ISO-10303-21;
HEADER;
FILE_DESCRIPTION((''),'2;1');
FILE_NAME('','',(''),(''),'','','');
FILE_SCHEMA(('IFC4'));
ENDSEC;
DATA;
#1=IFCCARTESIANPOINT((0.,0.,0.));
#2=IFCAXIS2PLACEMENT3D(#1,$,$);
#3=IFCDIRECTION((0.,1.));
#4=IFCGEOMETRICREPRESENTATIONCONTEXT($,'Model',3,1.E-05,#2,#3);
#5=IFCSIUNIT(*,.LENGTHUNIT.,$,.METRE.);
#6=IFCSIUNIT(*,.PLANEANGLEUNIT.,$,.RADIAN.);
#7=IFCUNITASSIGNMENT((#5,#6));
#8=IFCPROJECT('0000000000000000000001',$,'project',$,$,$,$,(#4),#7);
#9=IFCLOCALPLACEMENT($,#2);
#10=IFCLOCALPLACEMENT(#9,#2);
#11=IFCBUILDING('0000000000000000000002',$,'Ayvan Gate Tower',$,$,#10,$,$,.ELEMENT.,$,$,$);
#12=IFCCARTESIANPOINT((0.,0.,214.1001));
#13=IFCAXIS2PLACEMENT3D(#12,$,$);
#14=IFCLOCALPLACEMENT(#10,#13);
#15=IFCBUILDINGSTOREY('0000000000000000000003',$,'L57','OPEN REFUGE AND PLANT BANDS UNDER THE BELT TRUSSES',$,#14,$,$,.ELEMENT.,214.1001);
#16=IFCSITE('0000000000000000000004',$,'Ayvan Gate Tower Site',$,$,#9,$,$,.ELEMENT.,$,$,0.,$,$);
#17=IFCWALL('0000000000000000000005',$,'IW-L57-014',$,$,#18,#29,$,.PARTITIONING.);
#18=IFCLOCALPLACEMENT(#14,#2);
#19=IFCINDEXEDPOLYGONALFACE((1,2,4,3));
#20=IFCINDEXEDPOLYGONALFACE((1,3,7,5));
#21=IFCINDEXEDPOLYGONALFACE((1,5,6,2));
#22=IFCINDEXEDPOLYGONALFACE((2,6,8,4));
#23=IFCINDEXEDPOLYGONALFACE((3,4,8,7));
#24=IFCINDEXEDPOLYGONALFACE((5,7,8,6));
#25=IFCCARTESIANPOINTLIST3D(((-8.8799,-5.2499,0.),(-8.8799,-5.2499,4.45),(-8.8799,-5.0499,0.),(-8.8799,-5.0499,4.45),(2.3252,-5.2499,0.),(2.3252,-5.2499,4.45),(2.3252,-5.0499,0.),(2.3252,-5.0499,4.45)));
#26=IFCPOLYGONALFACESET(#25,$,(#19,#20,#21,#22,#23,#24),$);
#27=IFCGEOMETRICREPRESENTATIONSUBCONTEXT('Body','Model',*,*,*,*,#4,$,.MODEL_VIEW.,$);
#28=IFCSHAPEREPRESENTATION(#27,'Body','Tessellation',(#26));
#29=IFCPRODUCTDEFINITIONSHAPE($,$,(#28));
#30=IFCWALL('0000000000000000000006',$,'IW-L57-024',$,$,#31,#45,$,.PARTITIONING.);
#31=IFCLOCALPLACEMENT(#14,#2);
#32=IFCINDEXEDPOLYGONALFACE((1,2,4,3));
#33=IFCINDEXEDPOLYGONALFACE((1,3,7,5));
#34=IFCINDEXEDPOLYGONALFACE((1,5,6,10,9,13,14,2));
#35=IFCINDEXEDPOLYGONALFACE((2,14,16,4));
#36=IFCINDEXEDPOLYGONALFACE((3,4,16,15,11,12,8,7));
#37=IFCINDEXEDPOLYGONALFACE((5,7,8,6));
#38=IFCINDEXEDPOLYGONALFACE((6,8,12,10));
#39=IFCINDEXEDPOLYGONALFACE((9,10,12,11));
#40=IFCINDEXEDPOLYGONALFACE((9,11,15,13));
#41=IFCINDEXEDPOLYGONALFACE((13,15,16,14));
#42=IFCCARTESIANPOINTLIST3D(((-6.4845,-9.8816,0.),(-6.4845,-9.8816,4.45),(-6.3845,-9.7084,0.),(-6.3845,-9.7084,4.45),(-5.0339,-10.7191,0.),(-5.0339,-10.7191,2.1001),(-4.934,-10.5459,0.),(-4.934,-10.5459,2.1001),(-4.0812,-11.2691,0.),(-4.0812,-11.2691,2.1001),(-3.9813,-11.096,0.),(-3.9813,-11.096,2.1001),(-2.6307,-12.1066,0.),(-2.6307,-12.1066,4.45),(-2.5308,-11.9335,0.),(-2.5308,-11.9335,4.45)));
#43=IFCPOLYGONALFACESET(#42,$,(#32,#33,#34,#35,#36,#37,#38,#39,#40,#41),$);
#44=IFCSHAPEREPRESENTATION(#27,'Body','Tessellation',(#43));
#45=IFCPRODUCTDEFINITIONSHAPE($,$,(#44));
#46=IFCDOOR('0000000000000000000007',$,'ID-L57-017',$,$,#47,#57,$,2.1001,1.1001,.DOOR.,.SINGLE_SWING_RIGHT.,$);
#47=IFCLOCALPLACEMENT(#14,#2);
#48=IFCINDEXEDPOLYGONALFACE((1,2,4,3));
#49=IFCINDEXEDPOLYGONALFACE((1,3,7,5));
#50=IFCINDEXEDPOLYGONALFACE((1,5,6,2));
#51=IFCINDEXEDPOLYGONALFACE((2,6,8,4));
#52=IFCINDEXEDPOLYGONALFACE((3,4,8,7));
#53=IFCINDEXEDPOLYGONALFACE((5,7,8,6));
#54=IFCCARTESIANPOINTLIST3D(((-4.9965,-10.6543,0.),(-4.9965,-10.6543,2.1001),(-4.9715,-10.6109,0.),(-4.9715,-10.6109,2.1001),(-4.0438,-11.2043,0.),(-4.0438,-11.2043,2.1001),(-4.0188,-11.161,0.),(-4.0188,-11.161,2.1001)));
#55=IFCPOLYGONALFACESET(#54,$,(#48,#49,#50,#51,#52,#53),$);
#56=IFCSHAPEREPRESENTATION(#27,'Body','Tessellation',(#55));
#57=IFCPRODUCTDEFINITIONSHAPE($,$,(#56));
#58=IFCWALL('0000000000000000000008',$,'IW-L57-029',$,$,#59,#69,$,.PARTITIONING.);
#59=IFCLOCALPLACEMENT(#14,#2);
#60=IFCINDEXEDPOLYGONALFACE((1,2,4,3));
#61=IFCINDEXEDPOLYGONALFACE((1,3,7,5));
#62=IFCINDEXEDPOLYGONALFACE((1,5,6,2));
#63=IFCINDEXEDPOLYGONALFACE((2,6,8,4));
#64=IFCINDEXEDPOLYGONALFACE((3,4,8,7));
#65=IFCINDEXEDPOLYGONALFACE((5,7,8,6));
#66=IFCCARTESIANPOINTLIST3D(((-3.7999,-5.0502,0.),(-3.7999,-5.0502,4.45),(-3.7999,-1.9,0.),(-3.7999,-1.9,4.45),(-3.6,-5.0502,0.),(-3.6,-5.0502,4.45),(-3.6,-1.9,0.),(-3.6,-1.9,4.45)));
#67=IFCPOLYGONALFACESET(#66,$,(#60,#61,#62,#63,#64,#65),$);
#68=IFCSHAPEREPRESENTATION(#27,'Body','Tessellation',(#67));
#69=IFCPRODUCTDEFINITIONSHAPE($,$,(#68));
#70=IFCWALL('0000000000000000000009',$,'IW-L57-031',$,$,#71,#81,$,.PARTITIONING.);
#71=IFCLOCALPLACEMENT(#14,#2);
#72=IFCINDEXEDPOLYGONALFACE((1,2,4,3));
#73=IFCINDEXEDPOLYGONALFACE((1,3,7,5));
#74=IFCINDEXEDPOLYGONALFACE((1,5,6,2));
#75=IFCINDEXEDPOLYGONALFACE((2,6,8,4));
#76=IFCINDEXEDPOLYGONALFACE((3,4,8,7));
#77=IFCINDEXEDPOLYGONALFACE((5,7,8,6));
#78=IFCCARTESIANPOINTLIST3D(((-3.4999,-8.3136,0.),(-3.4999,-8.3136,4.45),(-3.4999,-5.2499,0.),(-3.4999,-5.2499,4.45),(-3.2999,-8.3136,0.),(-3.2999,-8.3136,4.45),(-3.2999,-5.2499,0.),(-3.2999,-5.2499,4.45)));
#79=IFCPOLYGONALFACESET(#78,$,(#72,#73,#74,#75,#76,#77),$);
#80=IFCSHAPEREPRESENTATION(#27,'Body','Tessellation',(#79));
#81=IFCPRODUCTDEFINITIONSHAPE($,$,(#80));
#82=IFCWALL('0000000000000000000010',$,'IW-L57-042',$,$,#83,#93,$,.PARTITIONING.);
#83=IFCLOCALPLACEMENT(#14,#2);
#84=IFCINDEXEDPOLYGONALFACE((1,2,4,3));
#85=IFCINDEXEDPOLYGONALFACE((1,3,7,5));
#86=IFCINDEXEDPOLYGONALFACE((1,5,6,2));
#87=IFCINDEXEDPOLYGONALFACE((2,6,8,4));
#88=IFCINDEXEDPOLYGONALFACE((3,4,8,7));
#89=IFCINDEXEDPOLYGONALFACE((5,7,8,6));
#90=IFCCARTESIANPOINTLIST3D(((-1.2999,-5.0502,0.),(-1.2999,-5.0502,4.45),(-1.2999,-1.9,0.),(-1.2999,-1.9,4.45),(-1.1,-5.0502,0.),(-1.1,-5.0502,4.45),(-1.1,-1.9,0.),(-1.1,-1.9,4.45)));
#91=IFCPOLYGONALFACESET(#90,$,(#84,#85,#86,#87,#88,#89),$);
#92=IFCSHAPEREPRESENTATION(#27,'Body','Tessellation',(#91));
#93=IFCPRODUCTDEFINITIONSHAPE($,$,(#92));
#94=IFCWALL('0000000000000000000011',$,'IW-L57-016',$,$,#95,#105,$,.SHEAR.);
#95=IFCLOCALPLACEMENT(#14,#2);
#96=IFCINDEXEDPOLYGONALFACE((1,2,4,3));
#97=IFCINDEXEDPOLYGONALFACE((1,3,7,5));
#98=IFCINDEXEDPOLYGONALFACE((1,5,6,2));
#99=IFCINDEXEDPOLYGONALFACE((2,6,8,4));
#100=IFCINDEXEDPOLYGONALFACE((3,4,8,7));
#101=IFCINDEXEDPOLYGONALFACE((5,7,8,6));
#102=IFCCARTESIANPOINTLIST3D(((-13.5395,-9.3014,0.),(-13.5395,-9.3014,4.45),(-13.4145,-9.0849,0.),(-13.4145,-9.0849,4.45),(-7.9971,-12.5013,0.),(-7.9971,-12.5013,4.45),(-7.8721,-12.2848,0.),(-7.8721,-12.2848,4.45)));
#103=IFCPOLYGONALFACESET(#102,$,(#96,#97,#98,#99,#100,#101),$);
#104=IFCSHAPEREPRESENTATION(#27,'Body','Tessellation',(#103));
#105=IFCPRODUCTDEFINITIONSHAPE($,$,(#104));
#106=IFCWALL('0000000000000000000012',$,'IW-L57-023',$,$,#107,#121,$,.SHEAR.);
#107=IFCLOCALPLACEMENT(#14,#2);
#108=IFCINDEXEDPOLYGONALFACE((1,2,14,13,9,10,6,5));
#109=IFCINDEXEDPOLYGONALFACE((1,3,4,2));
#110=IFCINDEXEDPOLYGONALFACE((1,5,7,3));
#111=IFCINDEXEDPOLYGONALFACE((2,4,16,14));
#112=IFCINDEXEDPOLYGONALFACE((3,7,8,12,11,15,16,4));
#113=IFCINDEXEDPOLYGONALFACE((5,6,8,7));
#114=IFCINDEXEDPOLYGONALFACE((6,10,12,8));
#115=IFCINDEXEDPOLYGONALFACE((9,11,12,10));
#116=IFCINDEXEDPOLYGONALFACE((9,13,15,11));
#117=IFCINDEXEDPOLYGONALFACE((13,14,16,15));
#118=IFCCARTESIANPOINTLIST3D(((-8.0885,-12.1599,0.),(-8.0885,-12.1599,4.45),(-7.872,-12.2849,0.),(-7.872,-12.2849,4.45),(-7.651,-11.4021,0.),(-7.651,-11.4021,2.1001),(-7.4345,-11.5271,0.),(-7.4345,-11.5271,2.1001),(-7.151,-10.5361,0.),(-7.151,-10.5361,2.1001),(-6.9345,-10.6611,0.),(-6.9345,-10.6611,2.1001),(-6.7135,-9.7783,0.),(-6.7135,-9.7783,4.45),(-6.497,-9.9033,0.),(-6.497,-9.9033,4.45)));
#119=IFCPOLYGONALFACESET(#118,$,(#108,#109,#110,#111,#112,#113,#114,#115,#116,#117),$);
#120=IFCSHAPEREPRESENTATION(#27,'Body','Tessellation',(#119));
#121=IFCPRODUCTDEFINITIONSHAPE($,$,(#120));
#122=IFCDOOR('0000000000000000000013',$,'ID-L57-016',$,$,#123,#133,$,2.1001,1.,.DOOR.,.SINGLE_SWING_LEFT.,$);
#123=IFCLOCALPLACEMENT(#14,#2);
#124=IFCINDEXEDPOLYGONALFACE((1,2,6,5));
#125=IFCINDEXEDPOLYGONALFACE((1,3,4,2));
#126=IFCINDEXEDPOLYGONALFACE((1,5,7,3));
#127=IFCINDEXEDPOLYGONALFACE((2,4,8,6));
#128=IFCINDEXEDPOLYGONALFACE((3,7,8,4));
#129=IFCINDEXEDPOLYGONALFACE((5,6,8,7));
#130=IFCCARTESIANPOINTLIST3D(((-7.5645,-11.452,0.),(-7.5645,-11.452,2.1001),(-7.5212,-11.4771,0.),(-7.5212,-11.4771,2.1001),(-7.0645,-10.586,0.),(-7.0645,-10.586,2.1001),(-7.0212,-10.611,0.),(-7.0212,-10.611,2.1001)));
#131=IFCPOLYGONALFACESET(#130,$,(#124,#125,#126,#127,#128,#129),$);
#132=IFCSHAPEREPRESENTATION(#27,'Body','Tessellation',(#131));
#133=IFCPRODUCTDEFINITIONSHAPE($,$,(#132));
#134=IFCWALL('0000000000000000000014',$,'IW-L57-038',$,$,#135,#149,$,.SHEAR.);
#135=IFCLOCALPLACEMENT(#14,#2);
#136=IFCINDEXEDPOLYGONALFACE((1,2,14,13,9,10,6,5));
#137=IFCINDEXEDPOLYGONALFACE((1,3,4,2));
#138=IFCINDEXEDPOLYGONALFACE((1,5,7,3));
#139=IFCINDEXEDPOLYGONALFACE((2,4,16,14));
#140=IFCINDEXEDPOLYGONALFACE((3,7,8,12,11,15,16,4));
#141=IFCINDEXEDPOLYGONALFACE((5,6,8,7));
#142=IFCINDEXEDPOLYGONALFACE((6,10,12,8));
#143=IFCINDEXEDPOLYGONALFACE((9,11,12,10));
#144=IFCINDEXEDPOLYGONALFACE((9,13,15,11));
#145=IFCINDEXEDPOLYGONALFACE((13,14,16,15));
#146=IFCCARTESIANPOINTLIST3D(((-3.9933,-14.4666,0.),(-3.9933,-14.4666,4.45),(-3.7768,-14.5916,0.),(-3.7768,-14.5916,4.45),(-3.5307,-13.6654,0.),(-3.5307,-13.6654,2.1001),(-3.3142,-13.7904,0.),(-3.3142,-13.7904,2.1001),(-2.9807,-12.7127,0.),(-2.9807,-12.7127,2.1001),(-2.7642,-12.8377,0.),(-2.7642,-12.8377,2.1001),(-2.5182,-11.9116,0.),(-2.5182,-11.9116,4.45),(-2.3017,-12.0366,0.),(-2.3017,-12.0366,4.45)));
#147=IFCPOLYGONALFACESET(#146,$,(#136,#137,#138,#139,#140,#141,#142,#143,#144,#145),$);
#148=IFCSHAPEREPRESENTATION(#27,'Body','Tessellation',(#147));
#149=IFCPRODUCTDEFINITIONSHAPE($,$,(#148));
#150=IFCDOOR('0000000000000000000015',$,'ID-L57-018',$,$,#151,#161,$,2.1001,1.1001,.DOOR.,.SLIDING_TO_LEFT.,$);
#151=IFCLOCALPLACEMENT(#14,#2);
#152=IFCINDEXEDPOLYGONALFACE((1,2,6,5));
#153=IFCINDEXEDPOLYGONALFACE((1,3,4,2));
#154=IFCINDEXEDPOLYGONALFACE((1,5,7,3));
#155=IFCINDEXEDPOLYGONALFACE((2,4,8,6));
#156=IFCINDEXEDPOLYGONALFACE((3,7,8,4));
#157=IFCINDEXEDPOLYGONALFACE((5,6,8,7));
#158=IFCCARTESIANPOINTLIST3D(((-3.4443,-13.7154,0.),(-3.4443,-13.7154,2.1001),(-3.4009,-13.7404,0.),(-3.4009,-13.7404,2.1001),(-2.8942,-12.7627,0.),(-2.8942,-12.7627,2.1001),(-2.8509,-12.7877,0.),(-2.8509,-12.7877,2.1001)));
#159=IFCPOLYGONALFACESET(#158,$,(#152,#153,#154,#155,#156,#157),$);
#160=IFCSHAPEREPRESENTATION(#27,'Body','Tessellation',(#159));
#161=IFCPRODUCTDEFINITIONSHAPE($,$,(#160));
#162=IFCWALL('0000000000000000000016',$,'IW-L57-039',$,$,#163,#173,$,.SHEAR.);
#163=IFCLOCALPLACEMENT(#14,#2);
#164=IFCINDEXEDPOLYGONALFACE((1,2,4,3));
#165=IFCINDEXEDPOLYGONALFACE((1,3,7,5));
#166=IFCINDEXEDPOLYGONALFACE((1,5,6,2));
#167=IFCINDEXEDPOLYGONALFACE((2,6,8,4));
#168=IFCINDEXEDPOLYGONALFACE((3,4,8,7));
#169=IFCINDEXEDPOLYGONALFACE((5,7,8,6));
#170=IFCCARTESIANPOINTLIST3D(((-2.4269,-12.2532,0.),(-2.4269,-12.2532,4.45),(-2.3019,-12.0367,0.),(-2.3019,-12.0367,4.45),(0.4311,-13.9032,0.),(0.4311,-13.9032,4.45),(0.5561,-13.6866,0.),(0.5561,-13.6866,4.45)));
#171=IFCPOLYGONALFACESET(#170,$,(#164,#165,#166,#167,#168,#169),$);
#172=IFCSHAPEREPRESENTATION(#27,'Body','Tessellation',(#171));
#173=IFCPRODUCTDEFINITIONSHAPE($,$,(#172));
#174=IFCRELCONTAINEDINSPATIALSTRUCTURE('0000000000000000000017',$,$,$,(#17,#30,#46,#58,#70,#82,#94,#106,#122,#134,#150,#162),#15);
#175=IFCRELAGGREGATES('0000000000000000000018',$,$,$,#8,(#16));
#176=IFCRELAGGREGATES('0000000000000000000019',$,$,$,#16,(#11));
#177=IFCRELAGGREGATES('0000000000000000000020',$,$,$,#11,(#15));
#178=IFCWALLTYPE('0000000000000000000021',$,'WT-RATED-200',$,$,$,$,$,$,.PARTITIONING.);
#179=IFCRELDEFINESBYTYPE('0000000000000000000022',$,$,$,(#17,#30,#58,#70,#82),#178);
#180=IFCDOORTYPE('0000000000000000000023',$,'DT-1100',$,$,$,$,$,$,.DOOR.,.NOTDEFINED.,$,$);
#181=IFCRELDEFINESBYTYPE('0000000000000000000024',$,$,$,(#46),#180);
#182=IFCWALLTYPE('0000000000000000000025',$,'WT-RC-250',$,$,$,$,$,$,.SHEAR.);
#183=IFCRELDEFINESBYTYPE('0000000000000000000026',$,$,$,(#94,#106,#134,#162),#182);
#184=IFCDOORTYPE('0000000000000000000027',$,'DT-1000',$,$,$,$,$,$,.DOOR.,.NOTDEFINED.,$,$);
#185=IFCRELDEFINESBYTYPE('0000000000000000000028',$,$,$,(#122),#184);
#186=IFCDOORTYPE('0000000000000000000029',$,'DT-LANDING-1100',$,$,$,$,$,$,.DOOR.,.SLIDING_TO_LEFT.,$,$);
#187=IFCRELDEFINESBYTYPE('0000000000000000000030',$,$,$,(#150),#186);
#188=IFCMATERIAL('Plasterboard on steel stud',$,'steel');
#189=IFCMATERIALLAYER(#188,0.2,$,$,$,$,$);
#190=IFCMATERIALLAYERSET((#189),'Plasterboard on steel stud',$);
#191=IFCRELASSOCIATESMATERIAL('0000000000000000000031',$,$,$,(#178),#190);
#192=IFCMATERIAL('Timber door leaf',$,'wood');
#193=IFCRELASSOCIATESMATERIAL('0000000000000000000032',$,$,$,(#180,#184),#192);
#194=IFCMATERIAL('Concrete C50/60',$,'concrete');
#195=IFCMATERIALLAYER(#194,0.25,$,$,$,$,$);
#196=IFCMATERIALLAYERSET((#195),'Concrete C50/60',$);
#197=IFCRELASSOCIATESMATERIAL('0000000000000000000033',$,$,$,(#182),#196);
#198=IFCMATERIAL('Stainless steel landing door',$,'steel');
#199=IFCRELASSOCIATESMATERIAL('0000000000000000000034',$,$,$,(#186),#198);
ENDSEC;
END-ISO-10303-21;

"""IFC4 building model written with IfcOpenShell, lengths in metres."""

from ifc_helpers import new_model, si_unit, direction, frame, frame_2d, origin, place, context, subcontext, project, spatial, rectangle, extrude, material, layer, layer_set, type_object, element, fill, save


model = new_model("IFC4")

# Units and contexts
model_context = context("Model", 3, precision=1e-05, world=origin(), true_north=direction((0.0, 1.0)))
body_context = subcontext(model_context, "Body", "Model", "MODEL_VIEW")
ifc_project = project(units=[si_unit("LENGTHUNIT", "METRE"), si_unit("PLANEANGLEUNIT", "RADIAN")], contexts=[model_context])

# Site, building, storey
site_placement = place(None, origin())
site = spatial("IfcSite", under=ifc_project, at=site_placement, Name="Ayvan Gate Tower Site", CompositionType="ELEMENT", RefElevation=0.0)
building_placement = place(site_placement, origin())
building = spatial("IfcBuilding", under=site, at=building_placement, Name="Ayvan Gate Tower", CompositionType="ELEMENT")
storey_placement = place(building_placement, frame((0.0, 0.0, 214.1001)))
storey = spatial("IfcBuildingStorey", under=building, at=storey_placement, Name="L57", Description="OPEN REFUGE AND PLANT BANDS UNDER THE BELT TRUSSES", CompositionType="ELEMENT", Elevation=214.1001)

# Wall
ifc_material_1 = material(Name="Plasterboard on steel stud", Category="steel")
ifc_layer_1 = layer(ifc_material_1, 0.2)
ifc_layer_set_1 = layer_set([ifc_layer_1], Name="Plasterboard on steel stud")
wall_type_1 = type_object("IfcWallType", Name="WT-RATED-200", PredefinedType="PARTITIONING", material=ifc_layer_set_1)
wall_1_placement = place(storey_placement, frame((-8.8799, -5.1499, 0.0), z_axis=(0.0, 0.0, 1.0), x_axis=(1.0, 0.0, 0.0)))
element("IfcWall", 1, at=wall_1_placement, inside=storey, type_object=wall_type_1, Name="IW-L57-014", PredefinedType="PARTITIONING", context=body_context, shape_type="SweptSolid", body=[
    extrude(rectangle(XDim=11.2051, YDim=0.2, at=frame_2d((5.6025, 0.0))), origin(), (0.0, 0.0, 1.0), 4.45),
])

# Wall, opening, door
wall_2_placement = place(storey_placement, frame((-6.4346, -9.7949, 0.0), z_axis=(0.0, 0.0, 1.0), x_axis=(0.866013, -0.500022, 0.0)))
wall_2 = element("IfcWall", 2, at=wall_2_placement, inside=storey, type_object=wall_type_1, Name="IW-L57-024", PredefinedType="PARTITIONING", context=body_context, shape_type="SweptSolid", body=[
    extrude(rectangle(XDim=4.45, YDim=0.2, at=frame_2d((2.2251, 0.0))), origin(), (0.0, 0.0, 1.0), 4.45),
])
opening_1_placement = place(wall_2_placement, frame((1.675, 0.0, 0.0)))
opening_1 = element("IfcOpeningElement", 3, at=opening_1_placement, cuts=wall_2, PredefinedType="OPENING", context=body_context, shape_type="SweptSolid", body=[
    extrude(rectangle(XDim=1.1001, YDim=2.1001, at=frame_2d((0.55, 1.05))), frame((0.0, 0.1099, 0.0), z_axis=(0.0, -1.0, 0.0), x_axis=(1.0, 0.0, 0.0)), (0.0, 0.0, 1.0), 0.22),
])
ifc_material_2 = material(Name="Timber door leaf", Category="wood")
door_type_1 = type_object("IfcDoorType", Name="DT-1100", OperationType="NOTDEFINED", PredefinedType="DOOR", material=ifc_material_2)
door_1_placement = place(opening_1_placement, origin())
door_1 = element("IfcDoor", 4, at=door_1_placement, inside=storey, type_object=door_type_1, Name="ID-L57-017", OperationType="SINGLE_SWING_RIGHT", OverallHeight=2.1001, OverallWidth=1.1001, PredefinedType="DOOR", context=body_context, shape_type="SweptSolid", body=[
    extrude(rectangle(XDim=1.1001, YDim=2.1001, at=frame_2d((0.55, 1.05))), frame((0.0, 0.0249, 0.0), z_axis=(0.0, -1.0, 0.0), x_axis=(1.0, 0.0, 0.0)), (0.0, 0.0, 1.0), 0.05),
])
fill(opening_1, door_1)

# Walls
wall_3_placement = place(storey_placement, frame((-3.7, -1.8999, 0.0), z_axis=(0.0, 0.0, 1.0), x_axis=(0.0, -1.0, 0.0)))
element("IfcWall", 5, at=wall_3_placement, inside=storey, type_object=wall_type_1, Name="IW-L57-029", PredefinedType="PARTITIONING", context=body_context, shape_type="SweptSolid", body=[
    extrude(rectangle(XDim=3.1501, YDim=0.2, at=frame_2d((1.5752, 0.0))), origin(), (0.0, 0.0, 1.0), 4.45),
])
wall_4_placement = place(storey_placement, frame((-3.3999, -5.25, 0.0), z_axis=(0.0, 0.0, 1.0), x_axis=(0.0, -1.0, 0.0)))
element("IfcWall", 6, at=wall_4_placement, inside=storey, type_object=wall_type_1, Name="IW-L57-031", PredefinedType="PARTITIONING", context=body_context, shape_type="SweptSolid", body=[
    extrude(rectangle(XDim=3.0637, YDim=0.2, at=frame_2d((1.5317, 0.0))), origin(), (0.0, 0.0, 1.0), 4.45),
])
wall_5_placement = place(storey_placement, frame((-1.2, -1.8999, 0.0), z_axis=(0.0, 0.0, 1.0), x_axis=(0.0, -1.0, 0.0)))
element("IfcWall", 7, at=wall_5_placement, inside=storey, type_object=wall_type_1, Name="IW-L57-042", PredefinedType="PARTITIONING", context=body_context, shape_type="SweptSolid", body=[
    extrude(rectangle(XDim=3.1501, YDim=0.2, at=frame_2d((1.5752, 0.0))), origin(), (0.0, 0.0, 1.0), 4.45),
])
ifc_material_3 = material(Name="Concrete C50/60", Category="concrete")
ifc_layer_2 = layer(ifc_material_3, 0.25)
ifc_layer_set_2 = layer_set([ifc_layer_2], Name="Concrete C50/60")
wall_type_2 = type_object("IfcWallType", Name="WT-RC-250", PredefinedType="SHEAR", material=ifc_layer_set_2)
wall_6_placement = place(storey_placement, frame((-7.9346, -12.3931, 0.0), z_axis=(0.0, 0.0, 1.0), x_axis=(-0.866025, 0.5, 0.0)))
element("IfcWall", 8, at=wall_6_placement, inside=storey, type_object=wall_type_2, Name="IW-L57-016", PredefinedType="SHEAR", context=body_context, shape_type="SweptSolid", body=[
    extrude(rectangle(XDim=6.3999, YDim=0.25, at=frame_2d((3.2, 0.0))), origin(), (0.0, 0.0, 1.0), 4.45),
])

# Walls, openings, doors
wall_7_placement = place(storey_placement, frame((-6.6052, -9.8408, 0.0), z_axis=(0.0, 0.0, 1.0), x_axis=(-0.499997, -0.866027, 0.0)))
wall_7 = element("IfcWall", 9, at=wall_7_placement, inside=storey, type_object=wall_type_2, Name="IW-L57-023", PredefinedType="SHEAR", context=body_context, shape_type="SweptSolid", body=[
    extrude(rectangle(XDim=2.75, YDim=0.25, at=frame_2d((1.375, 0.0))), origin(), (0.0, 0.0, 1.0), 4.45),
])
opening_2_placement = place(wall_7_placement, frame((0.875, 0.0, 0.0)))
opening_2 = element("IfcOpeningElement", 10, at=opening_2_placement, cuts=wall_7, PredefinedType="OPENING", context=body_context, shape_type="SweptSolid", body=[
    extrude(rectangle(XDim=1.0, YDim=2.1001, at=frame_2d((0.5, 1.05))), frame((0.0, 0.135, 0.0), z_axis=(0.0, -1.0, 0.0), x_axis=(1.0, 0.0, 0.0)), (0.0, 0.0, 1.0), 0.27),
])
door_type_2 = type_object("IfcDoorType", Name="DT-1000", OperationType="NOTDEFINED", PredefinedType="DOOR", material=ifc_material_2)
door_2_placement = place(opening_2_placement, origin())
door_2 = element("IfcDoor", 11, at=door_2_placement, inside=storey, type_object=door_type_2, Name="ID-L57-016", OperationType="SINGLE_SWING_LEFT", OverallHeight=2.1001, OverallWidth=1.0, PredefinedType="DOOR", context=body_context, shape_type="SweptSolid", body=[
    extrude(rectangle(XDim=1.0, YDim=2.1001, at=frame_2d((0.5, 1.05))), frame((0.0, 0.0249, 0.0), z_axis=(0.0, -1.0, 0.0), x_axis=(1.0, 0.0, 0.0)), (0.0, 0.0, 1.0), 0.05),
])
fill(opening_2, door_2)
wall_8_placement = place(storey_placement, frame((-2.4099, -11.9741, 0.0), z_axis=(0.0, 0.0, 1.0), x_axis=(-0.500002, -0.866024, 0.0)))
wall_8 = element("IfcWall", 12, at=wall_8_placement, inside=storey, type_object=wall_type_2, Name="IW-L57-038", PredefinedType="SHEAR", context=body_context, shape_type="SweptSolid", body=[
    extrude(rectangle(XDim=2.9502, YDim=0.25, at=frame_2d((1.4751, 0.0))), origin(), (0.0, 0.0, 1.0), 4.45),
])
opening_3_placement = place(wall_8_placement, frame((0.925, 0.0, 0.0)))
opening_3 = element("IfcOpeningElement", 13, at=opening_3_placement, cuts=wall_8, PredefinedType="OPENING", context=body_context, shape_type="SweptSolid", body=[
    extrude(rectangle(XDim=1.1001, YDim=2.1001, at=frame_2d((0.55, 1.05))), frame((0.0, 0.135, 0.0), z_axis=(0.0, -1.0, 0.0), x_axis=(1.0, 0.0, 0.0)), (0.0, 0.0, 1.0), 0.27),
])
ifc_material_4 = material(Name="Stainless steel landing door", Category="steel")
door_type_3 = type_object("IfcDoorType", Name="DT-LANDING-1100", OperationType="SLIDING_TO_LEFT", PredefinedType="DOOR", material=ifc_material_4)
door_3_placement = place(opening_3_placement, origin())
door_3 = element("IfcDoor", 14, at=door_3_placement, inside=storey, type_object=door_type_3, Name="ID-L57-018", OperationType="SLIDING_TO_LEFT", OverallHeight=2.1001, OverallWidth=1.1001, PredefinedType="DOOR", context=body_context, shape_type="SweptSolid", body=[
    extrude(rectangle(XDim=1.1001, YDim=2.1001, at=frame_2d((0.55, 1.05))), frame((0.0, 0.0249, 0.0), z_axis=(0.0, -1.0, 0.0), x_axis=(1.0, 0.0, 0.0)), (0.0, 0.0, 1.0), 0.05),
])
fill(opening_3, door_3)

# Wall
wall_9_placement = place(storey_placement, frame((-2.3643, -12.145, 0.0), z_axis=(0.0, 0.0, 1.0), x_axis=(0.86604, -0.499974, 0.0)))
element("IfcWall", 15, at=wall_9_placement, inside=storey, type_object=wall_type_2, Name="IW-L57-039", PredefinedType="SHEAR", context=body_context, shape_type="SweptSolid", body=[
    extrude(rectangle(XDim=3.3, YDim=0.25, at=frame_2d((1.6499, 0.0))), origin(), (0.0, 0.0, 1.0), 4.45),
])

save(model, "model.ifc")
